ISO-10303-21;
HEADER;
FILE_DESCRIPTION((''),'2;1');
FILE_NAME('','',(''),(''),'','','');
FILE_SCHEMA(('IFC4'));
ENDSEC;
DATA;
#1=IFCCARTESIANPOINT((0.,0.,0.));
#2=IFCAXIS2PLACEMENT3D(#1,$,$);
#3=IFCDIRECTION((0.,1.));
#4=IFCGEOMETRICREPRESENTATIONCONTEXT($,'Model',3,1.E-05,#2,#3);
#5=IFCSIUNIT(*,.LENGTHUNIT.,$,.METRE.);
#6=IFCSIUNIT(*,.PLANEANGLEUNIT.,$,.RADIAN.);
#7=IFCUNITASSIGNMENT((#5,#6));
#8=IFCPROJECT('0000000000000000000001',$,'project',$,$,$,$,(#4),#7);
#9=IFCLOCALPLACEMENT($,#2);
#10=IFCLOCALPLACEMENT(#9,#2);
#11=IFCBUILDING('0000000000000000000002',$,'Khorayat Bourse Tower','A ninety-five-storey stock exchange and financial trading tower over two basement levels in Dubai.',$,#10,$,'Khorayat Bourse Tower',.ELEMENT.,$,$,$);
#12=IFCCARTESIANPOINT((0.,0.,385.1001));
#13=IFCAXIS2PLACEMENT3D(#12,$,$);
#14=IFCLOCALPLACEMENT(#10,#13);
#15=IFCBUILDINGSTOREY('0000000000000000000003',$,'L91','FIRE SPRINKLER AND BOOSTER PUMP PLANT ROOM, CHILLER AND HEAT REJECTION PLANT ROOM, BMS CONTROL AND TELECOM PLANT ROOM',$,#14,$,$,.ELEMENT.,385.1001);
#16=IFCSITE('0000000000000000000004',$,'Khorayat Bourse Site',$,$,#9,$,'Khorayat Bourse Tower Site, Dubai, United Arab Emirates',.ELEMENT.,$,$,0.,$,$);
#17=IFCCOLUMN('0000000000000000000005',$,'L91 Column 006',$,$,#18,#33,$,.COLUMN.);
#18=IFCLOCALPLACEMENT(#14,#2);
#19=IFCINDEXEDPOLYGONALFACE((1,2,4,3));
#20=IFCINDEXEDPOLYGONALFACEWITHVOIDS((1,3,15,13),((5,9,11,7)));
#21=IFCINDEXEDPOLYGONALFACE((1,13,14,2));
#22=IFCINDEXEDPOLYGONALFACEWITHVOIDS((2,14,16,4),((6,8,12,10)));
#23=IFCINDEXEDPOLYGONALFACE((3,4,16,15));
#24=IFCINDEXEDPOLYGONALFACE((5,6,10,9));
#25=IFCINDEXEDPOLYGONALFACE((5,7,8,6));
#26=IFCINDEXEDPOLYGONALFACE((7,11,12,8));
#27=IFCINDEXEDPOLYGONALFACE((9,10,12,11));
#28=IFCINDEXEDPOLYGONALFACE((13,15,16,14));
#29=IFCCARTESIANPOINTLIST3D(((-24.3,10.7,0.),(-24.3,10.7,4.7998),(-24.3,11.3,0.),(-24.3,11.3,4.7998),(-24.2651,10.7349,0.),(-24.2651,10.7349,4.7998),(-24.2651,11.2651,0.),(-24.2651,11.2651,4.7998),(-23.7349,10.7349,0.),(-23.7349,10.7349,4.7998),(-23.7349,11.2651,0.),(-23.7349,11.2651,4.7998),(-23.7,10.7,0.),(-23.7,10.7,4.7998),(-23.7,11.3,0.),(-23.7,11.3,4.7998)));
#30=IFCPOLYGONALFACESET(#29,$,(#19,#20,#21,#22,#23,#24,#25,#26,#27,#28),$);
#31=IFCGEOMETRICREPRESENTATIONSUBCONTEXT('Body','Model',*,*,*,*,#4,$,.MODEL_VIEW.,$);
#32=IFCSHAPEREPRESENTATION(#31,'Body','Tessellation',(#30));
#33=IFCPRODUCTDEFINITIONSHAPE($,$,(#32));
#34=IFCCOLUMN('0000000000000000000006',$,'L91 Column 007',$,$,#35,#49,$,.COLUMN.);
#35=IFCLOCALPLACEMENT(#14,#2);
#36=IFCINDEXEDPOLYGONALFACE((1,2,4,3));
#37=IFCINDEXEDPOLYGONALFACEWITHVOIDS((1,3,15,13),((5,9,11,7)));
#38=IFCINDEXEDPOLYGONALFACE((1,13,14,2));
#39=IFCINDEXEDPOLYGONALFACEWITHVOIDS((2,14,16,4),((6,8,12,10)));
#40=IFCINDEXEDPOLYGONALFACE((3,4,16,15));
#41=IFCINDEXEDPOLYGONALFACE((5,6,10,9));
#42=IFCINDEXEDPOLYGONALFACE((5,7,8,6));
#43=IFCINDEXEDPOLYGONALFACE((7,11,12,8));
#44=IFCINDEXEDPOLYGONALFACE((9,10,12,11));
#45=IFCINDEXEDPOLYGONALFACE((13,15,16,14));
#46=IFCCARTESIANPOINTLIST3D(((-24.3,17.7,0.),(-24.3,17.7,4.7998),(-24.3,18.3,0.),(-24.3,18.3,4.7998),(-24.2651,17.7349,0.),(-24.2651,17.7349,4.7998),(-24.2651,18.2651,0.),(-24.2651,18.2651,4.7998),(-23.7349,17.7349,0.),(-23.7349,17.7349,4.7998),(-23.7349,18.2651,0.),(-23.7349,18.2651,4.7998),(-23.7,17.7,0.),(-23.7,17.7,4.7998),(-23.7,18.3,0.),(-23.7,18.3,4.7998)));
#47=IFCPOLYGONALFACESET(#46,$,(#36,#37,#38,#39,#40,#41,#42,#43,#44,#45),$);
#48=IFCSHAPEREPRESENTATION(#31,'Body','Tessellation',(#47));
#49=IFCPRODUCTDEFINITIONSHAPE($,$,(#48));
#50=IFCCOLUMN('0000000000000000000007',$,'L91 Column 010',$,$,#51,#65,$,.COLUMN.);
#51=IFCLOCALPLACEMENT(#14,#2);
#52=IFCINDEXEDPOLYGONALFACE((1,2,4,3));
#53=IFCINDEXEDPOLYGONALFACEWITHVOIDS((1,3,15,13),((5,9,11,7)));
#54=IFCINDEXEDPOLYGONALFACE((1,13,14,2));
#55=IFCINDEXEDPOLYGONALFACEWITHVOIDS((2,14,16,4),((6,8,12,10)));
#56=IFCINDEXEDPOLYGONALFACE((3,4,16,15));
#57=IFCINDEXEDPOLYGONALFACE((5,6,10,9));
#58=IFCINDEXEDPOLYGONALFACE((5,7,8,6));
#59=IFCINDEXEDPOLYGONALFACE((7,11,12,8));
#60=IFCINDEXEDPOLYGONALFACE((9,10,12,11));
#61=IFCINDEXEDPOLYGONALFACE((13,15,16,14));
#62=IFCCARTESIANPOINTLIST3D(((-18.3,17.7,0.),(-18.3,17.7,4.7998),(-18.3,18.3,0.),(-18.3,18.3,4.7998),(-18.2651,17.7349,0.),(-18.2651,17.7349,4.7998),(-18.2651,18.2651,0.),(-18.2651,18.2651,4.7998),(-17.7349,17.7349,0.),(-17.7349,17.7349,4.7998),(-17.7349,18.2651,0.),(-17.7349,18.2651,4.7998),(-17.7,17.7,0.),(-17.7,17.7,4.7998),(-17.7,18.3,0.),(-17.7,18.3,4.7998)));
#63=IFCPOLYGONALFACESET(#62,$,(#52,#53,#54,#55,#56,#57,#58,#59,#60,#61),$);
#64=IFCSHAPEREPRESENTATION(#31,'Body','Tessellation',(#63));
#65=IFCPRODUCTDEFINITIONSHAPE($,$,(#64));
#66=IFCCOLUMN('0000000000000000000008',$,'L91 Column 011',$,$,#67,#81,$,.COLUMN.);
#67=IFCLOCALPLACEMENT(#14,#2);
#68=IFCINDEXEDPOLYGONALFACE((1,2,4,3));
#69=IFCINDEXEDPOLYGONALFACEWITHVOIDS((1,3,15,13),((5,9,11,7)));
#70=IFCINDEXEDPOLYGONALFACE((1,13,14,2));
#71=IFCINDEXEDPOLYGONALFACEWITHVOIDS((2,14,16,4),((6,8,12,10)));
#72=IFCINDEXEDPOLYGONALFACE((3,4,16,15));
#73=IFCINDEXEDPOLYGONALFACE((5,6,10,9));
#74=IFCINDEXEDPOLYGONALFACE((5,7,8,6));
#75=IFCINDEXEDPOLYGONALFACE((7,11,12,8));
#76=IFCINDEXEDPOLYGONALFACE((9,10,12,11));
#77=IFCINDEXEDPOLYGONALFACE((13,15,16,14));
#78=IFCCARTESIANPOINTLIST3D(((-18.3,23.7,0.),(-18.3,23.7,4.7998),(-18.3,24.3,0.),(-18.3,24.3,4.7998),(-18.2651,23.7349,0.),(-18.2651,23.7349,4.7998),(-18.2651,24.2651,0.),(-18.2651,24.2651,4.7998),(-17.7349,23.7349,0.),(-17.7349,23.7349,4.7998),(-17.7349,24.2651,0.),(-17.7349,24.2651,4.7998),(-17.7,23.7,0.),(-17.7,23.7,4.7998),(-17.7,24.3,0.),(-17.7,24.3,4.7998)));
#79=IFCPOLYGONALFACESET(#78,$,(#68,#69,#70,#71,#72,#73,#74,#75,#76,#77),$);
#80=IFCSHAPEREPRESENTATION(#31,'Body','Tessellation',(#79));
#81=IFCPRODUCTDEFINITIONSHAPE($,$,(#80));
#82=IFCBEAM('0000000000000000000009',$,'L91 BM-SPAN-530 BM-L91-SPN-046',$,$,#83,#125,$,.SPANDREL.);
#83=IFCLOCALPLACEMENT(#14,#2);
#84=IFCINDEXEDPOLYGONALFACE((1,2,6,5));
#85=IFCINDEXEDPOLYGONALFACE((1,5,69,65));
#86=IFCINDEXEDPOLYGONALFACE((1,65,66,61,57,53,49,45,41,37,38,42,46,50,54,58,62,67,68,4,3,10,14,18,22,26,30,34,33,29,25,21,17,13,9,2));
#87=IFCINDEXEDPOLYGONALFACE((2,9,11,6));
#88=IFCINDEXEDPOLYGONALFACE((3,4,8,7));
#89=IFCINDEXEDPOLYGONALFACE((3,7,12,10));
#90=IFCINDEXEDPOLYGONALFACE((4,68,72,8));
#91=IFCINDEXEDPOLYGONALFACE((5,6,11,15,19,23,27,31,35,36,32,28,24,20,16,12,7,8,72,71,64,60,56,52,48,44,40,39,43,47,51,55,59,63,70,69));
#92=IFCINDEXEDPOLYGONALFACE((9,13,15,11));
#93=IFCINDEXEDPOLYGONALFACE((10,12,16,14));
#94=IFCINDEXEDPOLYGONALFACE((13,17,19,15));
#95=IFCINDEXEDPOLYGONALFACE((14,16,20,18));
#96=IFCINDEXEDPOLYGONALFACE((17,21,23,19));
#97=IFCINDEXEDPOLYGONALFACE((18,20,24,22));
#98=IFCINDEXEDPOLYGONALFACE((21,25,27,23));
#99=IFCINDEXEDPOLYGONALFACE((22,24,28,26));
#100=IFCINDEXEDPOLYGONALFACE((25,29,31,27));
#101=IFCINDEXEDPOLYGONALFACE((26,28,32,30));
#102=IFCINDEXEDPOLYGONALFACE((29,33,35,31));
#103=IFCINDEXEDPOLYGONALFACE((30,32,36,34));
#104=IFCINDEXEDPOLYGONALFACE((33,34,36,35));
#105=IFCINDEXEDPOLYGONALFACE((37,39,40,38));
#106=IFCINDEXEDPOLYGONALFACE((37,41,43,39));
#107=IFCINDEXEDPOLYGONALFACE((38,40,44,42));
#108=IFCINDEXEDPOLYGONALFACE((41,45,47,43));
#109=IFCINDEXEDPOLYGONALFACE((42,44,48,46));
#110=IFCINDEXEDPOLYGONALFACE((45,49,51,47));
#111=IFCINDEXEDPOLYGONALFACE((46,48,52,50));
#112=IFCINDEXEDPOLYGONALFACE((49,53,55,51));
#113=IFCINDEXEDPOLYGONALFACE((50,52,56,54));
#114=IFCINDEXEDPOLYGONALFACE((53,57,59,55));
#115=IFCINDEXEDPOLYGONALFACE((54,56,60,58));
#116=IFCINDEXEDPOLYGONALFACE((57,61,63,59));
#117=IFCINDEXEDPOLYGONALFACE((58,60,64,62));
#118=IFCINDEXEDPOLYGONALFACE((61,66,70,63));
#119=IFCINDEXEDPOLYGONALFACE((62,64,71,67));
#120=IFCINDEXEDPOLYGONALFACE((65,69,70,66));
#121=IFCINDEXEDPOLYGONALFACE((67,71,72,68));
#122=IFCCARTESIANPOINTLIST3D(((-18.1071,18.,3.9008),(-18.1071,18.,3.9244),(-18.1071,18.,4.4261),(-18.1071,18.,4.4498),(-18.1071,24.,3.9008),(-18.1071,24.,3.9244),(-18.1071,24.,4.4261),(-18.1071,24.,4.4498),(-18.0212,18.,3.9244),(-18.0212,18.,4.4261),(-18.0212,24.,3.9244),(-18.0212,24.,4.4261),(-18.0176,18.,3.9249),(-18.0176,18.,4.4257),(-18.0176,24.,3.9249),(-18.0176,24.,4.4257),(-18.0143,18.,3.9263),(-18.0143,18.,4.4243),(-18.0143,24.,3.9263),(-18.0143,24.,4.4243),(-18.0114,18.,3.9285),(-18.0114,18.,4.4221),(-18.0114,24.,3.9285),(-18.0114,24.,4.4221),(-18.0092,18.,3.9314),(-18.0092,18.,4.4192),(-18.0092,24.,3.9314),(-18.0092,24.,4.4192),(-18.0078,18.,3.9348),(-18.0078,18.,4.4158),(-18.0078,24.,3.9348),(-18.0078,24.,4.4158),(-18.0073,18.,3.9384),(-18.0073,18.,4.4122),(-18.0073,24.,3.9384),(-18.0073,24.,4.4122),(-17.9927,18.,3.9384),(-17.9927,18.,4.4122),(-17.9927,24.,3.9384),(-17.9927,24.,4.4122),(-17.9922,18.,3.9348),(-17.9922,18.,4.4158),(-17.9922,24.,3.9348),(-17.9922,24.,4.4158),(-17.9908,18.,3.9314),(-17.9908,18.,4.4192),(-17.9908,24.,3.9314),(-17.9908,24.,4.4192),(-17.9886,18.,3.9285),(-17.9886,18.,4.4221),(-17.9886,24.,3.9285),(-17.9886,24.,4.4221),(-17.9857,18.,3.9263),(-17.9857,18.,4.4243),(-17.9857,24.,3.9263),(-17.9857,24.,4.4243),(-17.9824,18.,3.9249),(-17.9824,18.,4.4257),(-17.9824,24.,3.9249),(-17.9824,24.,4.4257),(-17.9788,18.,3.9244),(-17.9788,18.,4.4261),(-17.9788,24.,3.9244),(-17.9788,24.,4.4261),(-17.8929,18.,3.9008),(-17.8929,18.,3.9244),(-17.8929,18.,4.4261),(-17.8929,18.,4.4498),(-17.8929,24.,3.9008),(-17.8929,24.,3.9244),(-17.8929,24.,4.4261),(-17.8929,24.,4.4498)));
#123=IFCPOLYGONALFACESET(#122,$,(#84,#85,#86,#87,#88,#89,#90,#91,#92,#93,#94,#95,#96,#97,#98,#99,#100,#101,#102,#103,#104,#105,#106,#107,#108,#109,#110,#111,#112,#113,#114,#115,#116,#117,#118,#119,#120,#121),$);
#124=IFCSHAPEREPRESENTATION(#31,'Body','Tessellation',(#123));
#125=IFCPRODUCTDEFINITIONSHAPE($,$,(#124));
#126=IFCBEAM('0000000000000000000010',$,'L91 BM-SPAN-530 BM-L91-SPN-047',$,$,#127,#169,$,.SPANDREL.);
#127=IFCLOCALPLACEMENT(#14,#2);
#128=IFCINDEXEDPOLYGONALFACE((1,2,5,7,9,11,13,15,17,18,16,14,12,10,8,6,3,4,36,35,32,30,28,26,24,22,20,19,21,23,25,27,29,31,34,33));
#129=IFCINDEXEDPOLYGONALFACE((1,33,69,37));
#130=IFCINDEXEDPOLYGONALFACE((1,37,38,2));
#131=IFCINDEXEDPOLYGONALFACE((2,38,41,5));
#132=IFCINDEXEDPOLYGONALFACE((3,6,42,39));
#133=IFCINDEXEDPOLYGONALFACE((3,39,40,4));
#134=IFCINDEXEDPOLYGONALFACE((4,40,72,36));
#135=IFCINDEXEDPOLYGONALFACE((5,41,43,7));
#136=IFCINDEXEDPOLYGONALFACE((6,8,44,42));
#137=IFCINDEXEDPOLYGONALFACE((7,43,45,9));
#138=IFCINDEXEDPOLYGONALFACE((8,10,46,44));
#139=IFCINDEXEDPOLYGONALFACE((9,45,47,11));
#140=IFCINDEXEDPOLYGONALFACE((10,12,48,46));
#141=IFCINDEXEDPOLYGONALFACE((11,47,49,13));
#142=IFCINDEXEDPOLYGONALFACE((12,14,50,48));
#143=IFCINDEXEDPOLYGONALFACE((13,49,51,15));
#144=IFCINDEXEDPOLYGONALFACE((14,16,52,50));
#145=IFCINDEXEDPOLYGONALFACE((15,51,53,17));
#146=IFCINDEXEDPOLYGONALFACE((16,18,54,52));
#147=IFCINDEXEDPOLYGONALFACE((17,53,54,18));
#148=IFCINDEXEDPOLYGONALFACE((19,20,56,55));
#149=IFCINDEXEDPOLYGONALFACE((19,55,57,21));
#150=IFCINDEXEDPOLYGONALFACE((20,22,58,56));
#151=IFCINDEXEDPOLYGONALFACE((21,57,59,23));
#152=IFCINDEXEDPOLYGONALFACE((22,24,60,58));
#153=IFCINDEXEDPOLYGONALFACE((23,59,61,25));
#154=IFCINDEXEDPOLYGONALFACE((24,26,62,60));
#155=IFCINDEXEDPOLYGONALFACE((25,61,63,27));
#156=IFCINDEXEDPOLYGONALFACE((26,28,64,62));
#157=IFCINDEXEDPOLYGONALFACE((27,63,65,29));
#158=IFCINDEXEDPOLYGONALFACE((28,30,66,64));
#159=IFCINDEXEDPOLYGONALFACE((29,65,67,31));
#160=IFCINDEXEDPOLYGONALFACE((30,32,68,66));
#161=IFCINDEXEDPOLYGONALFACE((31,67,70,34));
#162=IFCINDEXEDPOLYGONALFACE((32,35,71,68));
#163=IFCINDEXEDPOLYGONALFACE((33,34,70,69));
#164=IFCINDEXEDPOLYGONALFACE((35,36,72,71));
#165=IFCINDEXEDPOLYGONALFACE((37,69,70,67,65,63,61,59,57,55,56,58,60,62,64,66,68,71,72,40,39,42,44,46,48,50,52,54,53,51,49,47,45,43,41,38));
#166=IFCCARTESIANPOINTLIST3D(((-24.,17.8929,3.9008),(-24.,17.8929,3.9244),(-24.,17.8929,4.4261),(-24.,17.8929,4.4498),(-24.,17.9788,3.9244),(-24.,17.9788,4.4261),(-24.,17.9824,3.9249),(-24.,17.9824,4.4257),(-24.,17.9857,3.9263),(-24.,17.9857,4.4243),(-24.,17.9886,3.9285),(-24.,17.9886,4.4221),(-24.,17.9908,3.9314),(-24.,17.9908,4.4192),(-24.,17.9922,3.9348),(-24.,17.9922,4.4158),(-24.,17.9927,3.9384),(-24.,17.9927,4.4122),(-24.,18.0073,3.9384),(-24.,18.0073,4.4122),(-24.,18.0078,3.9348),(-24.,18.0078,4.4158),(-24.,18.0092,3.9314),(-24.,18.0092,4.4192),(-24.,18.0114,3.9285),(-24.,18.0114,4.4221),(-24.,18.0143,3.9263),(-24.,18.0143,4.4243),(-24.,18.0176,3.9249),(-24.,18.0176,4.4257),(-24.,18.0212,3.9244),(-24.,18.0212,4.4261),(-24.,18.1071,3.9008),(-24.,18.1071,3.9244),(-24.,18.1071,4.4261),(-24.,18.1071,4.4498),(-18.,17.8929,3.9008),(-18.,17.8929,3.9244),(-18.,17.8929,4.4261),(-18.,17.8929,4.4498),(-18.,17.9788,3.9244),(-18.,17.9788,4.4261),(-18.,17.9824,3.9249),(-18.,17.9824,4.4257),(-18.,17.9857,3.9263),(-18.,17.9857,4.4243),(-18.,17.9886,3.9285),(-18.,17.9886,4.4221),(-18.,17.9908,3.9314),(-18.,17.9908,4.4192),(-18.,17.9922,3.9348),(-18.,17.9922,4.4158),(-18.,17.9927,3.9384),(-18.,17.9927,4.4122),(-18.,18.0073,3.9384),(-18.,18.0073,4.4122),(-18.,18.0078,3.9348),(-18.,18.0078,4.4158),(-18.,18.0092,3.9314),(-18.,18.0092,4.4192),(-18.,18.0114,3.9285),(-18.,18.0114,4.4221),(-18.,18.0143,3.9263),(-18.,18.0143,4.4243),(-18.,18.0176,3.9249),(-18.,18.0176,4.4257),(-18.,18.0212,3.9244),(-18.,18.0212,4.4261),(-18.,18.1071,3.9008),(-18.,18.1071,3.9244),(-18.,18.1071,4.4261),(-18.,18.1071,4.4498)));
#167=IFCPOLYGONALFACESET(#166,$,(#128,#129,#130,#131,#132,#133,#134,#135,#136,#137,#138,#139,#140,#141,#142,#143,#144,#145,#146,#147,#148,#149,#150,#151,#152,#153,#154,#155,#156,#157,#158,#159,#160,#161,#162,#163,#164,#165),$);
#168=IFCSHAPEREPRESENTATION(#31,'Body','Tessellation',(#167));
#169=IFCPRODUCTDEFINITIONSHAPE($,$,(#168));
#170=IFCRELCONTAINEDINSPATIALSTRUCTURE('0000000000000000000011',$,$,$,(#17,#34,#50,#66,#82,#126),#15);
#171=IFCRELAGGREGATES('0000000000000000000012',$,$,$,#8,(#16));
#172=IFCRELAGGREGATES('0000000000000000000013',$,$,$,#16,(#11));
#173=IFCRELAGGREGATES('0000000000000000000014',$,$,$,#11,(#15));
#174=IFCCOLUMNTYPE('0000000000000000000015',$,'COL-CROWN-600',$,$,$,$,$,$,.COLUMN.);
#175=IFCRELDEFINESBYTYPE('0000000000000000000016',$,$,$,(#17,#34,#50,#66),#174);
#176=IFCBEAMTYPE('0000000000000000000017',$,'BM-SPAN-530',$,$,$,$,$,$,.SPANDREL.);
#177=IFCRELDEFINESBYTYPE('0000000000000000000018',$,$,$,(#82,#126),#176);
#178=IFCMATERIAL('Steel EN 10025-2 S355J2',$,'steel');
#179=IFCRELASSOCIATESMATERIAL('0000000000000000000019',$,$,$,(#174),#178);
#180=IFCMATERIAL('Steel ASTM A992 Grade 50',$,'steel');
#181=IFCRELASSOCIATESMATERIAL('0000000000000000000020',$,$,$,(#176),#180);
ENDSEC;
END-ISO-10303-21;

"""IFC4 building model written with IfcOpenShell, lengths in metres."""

from ifc_helpers import new_model, si_unit, direction, frame, origin, origin_2d, place, context, subcontext, project, spatial, hollow_rectangle, i_section, extrude, source, transform, mapped, material, material_profile, profile_set, type_object, element, save


model = new_model("IFC4")

# Units and contexts
model_context = context("Model", 3, precision=1e-05, world=origin(), true_north=direction((0.0, 1.0)))
body_context = subcontext(model_context, "Body", "Model", "MODEL_VIEW")
ifc_project = project(units=[si_unit("LENGTHUNIT", "METRE"), si_unit("PLANEANGLEUNIT", "RADIAN")], contexts=[model_context])

# Site, building, storey
site_placement = place(None, origin())
site = spatial("IfcSite", under=ifc_project, at=site_placement, Name="Khorayat Bourse Site", LongName="Khorayat Bourse Tower Site, Dubai, United Arab Emirates", CompositionType="ELEMENT", RefElevation=0.0)
building_placement = place(site_placement, origin())
building = spatial("IfcBuilding", under=site, at=building_placement, Name="Khorayat Bourse Tower", Description="A ninety-five-storey stock exchange and financial trading tower over two basement levels in Dubai.", LongName="Khorayat Bourse Tower", CompositionType="ELEMENT")
storey_placement = place(building_placement, frame((0.0, 0.0, 385.1001)))
storey = spatial("IfcBuildingStorey", under=building, at=storey_placement, Name="L91", Description="FIRE SPRINKLER AND BOOSTER PUMP PLANT ROOM, CHILLER AND HEAT REJECTION PLANT ROOM, BMS CONTROL AND TELECOM PLANT ROOM", CompositionType="ELEMENT", Elevation=385.1001)

# Columns
ifc_material_1 = material(Name="Steel EN 10025-2 S355J2", Category="steel")
ifc_material_profile_1 = material_profile(ifc_material_1, hollow_rectangle(XDim=0.6001, YDim=0.6001, WallThickness=0.0349, at=origin_2d()), Name="BOX 600x600x35")
ifc_profile_set_1 = profile_set([ifc_material_profile_1], Name="Steel EN 10025-2 S355J2")
column_type = type_object("IfcColumnType", Name="COL-CROWN-600", PredefinedType="COLUMN", material=ifc_profile_set_1)
shared_shape_1 = source(origin(), body_context, "Body", "SweptSolid", [
    extrude(hollow_rectangle(XDim=0.6001, YDim=0.6001, WallThickness=0.0349, at=origin_2d()), origin(), (0.0, 0.0, 1.0), 4.7998),
])
for number, where, z_axis, x_axis, name in (
    (1, (-24.0, 11.0, 0.0), (0.0, 0.0, 1.0), (1.0, 0.0, 0.0), "L91 Column 006"),
    (2, (-24.0, 18.0, 0.0), (0.0, 0.0, 1.0), (1.0, 0.0, 0.0), "L91 Column 007"),
    (3, (-18.0, 18.0, 0.0), (0.0, 0.0, 1.0), (1.0, 0.0, 0.0), "L91 Column 010"),
    (4, (-18.0, 24.0, 0.0), (0.0, 0.0, 1.0), (1.0, 0.0, 0.0), "L91 Column 011"),
):
    element("IfcColumn", number, at=place(storey_placement, frame(where, z_axis=z_axis, x_axis=x_axis)), inside=storey, type_object=column_type, Name=name, PredefinedType="COLUMN", context=body_context, shape_type="MappedRepresentation", body=[
        mapped(shared_shape_1, transform((0.0, 0.0, 0.0), scale=1.0)),
    ])

# Beams
ifc_material_2 = material(Name="Steel ASTM A992 Grade 50", Category="steel")
ifc_material_profile_2 = material_profile(ifc_material_2, i_section(OverallWidth=0.2141, OverallDepth=0.5491, WebThickness=0.0146, FlangeThickness=0.0237, FilletRadius=0.0139, at=origin_2d()), Name="W530X138")
ifc_profile_set_2 = profile_set([ifc_material_profile_2], Name="Steel ASTM A992 Grade 50")
beam_type_1 = type_object("IfcBeamType", Name="BM-SPAN-530", PredefinedType="SPANDREL", material=ifc_profile_set_2)
shared_shape_2 = source(origin(), body_context, "Body", "SweptSolid", [
    extrude(i_section(OverallWidth=0.2141, OverallDepth=0.5491, WebThickness=0.0146, FlangeThickness=0.0237, FilletRadius=0.0139, at=origin_2d()), origin(), (0.0, 0.0, 1.0), 6.0),
])
for number, where, z_axis, x_axis, name in (
    (5, (-18.0, 18.0, 4.1753), (0.0, 1.0, 0.0), (-1.0, 0.0, 0.0), "L91 BM-SPAN-530 BM-L91-SPN-046"),
    (6, (-24.0, 18.0, 4.1753), (1.0, 0.0, 0.0), (0.0, 1.0, 0.0), "L91 BM-SPAN-530 BM-L91-SPN-047"),
):
    element("IfcBeam", number, at=place(storey_placement, frame(where, z_axis=z_axis, x_axis=x_axis)), inside=storey, type_object=beam_type_1, Name=name, PredefinedType="SPANDREL", context=body_context, shape_type="MappedRepresentation", body=[
        mapped(shared_shape_2, transform((0.0, 0.0, 0.0), scale=1.0)),
    ])

save(model, "model.ifc")
